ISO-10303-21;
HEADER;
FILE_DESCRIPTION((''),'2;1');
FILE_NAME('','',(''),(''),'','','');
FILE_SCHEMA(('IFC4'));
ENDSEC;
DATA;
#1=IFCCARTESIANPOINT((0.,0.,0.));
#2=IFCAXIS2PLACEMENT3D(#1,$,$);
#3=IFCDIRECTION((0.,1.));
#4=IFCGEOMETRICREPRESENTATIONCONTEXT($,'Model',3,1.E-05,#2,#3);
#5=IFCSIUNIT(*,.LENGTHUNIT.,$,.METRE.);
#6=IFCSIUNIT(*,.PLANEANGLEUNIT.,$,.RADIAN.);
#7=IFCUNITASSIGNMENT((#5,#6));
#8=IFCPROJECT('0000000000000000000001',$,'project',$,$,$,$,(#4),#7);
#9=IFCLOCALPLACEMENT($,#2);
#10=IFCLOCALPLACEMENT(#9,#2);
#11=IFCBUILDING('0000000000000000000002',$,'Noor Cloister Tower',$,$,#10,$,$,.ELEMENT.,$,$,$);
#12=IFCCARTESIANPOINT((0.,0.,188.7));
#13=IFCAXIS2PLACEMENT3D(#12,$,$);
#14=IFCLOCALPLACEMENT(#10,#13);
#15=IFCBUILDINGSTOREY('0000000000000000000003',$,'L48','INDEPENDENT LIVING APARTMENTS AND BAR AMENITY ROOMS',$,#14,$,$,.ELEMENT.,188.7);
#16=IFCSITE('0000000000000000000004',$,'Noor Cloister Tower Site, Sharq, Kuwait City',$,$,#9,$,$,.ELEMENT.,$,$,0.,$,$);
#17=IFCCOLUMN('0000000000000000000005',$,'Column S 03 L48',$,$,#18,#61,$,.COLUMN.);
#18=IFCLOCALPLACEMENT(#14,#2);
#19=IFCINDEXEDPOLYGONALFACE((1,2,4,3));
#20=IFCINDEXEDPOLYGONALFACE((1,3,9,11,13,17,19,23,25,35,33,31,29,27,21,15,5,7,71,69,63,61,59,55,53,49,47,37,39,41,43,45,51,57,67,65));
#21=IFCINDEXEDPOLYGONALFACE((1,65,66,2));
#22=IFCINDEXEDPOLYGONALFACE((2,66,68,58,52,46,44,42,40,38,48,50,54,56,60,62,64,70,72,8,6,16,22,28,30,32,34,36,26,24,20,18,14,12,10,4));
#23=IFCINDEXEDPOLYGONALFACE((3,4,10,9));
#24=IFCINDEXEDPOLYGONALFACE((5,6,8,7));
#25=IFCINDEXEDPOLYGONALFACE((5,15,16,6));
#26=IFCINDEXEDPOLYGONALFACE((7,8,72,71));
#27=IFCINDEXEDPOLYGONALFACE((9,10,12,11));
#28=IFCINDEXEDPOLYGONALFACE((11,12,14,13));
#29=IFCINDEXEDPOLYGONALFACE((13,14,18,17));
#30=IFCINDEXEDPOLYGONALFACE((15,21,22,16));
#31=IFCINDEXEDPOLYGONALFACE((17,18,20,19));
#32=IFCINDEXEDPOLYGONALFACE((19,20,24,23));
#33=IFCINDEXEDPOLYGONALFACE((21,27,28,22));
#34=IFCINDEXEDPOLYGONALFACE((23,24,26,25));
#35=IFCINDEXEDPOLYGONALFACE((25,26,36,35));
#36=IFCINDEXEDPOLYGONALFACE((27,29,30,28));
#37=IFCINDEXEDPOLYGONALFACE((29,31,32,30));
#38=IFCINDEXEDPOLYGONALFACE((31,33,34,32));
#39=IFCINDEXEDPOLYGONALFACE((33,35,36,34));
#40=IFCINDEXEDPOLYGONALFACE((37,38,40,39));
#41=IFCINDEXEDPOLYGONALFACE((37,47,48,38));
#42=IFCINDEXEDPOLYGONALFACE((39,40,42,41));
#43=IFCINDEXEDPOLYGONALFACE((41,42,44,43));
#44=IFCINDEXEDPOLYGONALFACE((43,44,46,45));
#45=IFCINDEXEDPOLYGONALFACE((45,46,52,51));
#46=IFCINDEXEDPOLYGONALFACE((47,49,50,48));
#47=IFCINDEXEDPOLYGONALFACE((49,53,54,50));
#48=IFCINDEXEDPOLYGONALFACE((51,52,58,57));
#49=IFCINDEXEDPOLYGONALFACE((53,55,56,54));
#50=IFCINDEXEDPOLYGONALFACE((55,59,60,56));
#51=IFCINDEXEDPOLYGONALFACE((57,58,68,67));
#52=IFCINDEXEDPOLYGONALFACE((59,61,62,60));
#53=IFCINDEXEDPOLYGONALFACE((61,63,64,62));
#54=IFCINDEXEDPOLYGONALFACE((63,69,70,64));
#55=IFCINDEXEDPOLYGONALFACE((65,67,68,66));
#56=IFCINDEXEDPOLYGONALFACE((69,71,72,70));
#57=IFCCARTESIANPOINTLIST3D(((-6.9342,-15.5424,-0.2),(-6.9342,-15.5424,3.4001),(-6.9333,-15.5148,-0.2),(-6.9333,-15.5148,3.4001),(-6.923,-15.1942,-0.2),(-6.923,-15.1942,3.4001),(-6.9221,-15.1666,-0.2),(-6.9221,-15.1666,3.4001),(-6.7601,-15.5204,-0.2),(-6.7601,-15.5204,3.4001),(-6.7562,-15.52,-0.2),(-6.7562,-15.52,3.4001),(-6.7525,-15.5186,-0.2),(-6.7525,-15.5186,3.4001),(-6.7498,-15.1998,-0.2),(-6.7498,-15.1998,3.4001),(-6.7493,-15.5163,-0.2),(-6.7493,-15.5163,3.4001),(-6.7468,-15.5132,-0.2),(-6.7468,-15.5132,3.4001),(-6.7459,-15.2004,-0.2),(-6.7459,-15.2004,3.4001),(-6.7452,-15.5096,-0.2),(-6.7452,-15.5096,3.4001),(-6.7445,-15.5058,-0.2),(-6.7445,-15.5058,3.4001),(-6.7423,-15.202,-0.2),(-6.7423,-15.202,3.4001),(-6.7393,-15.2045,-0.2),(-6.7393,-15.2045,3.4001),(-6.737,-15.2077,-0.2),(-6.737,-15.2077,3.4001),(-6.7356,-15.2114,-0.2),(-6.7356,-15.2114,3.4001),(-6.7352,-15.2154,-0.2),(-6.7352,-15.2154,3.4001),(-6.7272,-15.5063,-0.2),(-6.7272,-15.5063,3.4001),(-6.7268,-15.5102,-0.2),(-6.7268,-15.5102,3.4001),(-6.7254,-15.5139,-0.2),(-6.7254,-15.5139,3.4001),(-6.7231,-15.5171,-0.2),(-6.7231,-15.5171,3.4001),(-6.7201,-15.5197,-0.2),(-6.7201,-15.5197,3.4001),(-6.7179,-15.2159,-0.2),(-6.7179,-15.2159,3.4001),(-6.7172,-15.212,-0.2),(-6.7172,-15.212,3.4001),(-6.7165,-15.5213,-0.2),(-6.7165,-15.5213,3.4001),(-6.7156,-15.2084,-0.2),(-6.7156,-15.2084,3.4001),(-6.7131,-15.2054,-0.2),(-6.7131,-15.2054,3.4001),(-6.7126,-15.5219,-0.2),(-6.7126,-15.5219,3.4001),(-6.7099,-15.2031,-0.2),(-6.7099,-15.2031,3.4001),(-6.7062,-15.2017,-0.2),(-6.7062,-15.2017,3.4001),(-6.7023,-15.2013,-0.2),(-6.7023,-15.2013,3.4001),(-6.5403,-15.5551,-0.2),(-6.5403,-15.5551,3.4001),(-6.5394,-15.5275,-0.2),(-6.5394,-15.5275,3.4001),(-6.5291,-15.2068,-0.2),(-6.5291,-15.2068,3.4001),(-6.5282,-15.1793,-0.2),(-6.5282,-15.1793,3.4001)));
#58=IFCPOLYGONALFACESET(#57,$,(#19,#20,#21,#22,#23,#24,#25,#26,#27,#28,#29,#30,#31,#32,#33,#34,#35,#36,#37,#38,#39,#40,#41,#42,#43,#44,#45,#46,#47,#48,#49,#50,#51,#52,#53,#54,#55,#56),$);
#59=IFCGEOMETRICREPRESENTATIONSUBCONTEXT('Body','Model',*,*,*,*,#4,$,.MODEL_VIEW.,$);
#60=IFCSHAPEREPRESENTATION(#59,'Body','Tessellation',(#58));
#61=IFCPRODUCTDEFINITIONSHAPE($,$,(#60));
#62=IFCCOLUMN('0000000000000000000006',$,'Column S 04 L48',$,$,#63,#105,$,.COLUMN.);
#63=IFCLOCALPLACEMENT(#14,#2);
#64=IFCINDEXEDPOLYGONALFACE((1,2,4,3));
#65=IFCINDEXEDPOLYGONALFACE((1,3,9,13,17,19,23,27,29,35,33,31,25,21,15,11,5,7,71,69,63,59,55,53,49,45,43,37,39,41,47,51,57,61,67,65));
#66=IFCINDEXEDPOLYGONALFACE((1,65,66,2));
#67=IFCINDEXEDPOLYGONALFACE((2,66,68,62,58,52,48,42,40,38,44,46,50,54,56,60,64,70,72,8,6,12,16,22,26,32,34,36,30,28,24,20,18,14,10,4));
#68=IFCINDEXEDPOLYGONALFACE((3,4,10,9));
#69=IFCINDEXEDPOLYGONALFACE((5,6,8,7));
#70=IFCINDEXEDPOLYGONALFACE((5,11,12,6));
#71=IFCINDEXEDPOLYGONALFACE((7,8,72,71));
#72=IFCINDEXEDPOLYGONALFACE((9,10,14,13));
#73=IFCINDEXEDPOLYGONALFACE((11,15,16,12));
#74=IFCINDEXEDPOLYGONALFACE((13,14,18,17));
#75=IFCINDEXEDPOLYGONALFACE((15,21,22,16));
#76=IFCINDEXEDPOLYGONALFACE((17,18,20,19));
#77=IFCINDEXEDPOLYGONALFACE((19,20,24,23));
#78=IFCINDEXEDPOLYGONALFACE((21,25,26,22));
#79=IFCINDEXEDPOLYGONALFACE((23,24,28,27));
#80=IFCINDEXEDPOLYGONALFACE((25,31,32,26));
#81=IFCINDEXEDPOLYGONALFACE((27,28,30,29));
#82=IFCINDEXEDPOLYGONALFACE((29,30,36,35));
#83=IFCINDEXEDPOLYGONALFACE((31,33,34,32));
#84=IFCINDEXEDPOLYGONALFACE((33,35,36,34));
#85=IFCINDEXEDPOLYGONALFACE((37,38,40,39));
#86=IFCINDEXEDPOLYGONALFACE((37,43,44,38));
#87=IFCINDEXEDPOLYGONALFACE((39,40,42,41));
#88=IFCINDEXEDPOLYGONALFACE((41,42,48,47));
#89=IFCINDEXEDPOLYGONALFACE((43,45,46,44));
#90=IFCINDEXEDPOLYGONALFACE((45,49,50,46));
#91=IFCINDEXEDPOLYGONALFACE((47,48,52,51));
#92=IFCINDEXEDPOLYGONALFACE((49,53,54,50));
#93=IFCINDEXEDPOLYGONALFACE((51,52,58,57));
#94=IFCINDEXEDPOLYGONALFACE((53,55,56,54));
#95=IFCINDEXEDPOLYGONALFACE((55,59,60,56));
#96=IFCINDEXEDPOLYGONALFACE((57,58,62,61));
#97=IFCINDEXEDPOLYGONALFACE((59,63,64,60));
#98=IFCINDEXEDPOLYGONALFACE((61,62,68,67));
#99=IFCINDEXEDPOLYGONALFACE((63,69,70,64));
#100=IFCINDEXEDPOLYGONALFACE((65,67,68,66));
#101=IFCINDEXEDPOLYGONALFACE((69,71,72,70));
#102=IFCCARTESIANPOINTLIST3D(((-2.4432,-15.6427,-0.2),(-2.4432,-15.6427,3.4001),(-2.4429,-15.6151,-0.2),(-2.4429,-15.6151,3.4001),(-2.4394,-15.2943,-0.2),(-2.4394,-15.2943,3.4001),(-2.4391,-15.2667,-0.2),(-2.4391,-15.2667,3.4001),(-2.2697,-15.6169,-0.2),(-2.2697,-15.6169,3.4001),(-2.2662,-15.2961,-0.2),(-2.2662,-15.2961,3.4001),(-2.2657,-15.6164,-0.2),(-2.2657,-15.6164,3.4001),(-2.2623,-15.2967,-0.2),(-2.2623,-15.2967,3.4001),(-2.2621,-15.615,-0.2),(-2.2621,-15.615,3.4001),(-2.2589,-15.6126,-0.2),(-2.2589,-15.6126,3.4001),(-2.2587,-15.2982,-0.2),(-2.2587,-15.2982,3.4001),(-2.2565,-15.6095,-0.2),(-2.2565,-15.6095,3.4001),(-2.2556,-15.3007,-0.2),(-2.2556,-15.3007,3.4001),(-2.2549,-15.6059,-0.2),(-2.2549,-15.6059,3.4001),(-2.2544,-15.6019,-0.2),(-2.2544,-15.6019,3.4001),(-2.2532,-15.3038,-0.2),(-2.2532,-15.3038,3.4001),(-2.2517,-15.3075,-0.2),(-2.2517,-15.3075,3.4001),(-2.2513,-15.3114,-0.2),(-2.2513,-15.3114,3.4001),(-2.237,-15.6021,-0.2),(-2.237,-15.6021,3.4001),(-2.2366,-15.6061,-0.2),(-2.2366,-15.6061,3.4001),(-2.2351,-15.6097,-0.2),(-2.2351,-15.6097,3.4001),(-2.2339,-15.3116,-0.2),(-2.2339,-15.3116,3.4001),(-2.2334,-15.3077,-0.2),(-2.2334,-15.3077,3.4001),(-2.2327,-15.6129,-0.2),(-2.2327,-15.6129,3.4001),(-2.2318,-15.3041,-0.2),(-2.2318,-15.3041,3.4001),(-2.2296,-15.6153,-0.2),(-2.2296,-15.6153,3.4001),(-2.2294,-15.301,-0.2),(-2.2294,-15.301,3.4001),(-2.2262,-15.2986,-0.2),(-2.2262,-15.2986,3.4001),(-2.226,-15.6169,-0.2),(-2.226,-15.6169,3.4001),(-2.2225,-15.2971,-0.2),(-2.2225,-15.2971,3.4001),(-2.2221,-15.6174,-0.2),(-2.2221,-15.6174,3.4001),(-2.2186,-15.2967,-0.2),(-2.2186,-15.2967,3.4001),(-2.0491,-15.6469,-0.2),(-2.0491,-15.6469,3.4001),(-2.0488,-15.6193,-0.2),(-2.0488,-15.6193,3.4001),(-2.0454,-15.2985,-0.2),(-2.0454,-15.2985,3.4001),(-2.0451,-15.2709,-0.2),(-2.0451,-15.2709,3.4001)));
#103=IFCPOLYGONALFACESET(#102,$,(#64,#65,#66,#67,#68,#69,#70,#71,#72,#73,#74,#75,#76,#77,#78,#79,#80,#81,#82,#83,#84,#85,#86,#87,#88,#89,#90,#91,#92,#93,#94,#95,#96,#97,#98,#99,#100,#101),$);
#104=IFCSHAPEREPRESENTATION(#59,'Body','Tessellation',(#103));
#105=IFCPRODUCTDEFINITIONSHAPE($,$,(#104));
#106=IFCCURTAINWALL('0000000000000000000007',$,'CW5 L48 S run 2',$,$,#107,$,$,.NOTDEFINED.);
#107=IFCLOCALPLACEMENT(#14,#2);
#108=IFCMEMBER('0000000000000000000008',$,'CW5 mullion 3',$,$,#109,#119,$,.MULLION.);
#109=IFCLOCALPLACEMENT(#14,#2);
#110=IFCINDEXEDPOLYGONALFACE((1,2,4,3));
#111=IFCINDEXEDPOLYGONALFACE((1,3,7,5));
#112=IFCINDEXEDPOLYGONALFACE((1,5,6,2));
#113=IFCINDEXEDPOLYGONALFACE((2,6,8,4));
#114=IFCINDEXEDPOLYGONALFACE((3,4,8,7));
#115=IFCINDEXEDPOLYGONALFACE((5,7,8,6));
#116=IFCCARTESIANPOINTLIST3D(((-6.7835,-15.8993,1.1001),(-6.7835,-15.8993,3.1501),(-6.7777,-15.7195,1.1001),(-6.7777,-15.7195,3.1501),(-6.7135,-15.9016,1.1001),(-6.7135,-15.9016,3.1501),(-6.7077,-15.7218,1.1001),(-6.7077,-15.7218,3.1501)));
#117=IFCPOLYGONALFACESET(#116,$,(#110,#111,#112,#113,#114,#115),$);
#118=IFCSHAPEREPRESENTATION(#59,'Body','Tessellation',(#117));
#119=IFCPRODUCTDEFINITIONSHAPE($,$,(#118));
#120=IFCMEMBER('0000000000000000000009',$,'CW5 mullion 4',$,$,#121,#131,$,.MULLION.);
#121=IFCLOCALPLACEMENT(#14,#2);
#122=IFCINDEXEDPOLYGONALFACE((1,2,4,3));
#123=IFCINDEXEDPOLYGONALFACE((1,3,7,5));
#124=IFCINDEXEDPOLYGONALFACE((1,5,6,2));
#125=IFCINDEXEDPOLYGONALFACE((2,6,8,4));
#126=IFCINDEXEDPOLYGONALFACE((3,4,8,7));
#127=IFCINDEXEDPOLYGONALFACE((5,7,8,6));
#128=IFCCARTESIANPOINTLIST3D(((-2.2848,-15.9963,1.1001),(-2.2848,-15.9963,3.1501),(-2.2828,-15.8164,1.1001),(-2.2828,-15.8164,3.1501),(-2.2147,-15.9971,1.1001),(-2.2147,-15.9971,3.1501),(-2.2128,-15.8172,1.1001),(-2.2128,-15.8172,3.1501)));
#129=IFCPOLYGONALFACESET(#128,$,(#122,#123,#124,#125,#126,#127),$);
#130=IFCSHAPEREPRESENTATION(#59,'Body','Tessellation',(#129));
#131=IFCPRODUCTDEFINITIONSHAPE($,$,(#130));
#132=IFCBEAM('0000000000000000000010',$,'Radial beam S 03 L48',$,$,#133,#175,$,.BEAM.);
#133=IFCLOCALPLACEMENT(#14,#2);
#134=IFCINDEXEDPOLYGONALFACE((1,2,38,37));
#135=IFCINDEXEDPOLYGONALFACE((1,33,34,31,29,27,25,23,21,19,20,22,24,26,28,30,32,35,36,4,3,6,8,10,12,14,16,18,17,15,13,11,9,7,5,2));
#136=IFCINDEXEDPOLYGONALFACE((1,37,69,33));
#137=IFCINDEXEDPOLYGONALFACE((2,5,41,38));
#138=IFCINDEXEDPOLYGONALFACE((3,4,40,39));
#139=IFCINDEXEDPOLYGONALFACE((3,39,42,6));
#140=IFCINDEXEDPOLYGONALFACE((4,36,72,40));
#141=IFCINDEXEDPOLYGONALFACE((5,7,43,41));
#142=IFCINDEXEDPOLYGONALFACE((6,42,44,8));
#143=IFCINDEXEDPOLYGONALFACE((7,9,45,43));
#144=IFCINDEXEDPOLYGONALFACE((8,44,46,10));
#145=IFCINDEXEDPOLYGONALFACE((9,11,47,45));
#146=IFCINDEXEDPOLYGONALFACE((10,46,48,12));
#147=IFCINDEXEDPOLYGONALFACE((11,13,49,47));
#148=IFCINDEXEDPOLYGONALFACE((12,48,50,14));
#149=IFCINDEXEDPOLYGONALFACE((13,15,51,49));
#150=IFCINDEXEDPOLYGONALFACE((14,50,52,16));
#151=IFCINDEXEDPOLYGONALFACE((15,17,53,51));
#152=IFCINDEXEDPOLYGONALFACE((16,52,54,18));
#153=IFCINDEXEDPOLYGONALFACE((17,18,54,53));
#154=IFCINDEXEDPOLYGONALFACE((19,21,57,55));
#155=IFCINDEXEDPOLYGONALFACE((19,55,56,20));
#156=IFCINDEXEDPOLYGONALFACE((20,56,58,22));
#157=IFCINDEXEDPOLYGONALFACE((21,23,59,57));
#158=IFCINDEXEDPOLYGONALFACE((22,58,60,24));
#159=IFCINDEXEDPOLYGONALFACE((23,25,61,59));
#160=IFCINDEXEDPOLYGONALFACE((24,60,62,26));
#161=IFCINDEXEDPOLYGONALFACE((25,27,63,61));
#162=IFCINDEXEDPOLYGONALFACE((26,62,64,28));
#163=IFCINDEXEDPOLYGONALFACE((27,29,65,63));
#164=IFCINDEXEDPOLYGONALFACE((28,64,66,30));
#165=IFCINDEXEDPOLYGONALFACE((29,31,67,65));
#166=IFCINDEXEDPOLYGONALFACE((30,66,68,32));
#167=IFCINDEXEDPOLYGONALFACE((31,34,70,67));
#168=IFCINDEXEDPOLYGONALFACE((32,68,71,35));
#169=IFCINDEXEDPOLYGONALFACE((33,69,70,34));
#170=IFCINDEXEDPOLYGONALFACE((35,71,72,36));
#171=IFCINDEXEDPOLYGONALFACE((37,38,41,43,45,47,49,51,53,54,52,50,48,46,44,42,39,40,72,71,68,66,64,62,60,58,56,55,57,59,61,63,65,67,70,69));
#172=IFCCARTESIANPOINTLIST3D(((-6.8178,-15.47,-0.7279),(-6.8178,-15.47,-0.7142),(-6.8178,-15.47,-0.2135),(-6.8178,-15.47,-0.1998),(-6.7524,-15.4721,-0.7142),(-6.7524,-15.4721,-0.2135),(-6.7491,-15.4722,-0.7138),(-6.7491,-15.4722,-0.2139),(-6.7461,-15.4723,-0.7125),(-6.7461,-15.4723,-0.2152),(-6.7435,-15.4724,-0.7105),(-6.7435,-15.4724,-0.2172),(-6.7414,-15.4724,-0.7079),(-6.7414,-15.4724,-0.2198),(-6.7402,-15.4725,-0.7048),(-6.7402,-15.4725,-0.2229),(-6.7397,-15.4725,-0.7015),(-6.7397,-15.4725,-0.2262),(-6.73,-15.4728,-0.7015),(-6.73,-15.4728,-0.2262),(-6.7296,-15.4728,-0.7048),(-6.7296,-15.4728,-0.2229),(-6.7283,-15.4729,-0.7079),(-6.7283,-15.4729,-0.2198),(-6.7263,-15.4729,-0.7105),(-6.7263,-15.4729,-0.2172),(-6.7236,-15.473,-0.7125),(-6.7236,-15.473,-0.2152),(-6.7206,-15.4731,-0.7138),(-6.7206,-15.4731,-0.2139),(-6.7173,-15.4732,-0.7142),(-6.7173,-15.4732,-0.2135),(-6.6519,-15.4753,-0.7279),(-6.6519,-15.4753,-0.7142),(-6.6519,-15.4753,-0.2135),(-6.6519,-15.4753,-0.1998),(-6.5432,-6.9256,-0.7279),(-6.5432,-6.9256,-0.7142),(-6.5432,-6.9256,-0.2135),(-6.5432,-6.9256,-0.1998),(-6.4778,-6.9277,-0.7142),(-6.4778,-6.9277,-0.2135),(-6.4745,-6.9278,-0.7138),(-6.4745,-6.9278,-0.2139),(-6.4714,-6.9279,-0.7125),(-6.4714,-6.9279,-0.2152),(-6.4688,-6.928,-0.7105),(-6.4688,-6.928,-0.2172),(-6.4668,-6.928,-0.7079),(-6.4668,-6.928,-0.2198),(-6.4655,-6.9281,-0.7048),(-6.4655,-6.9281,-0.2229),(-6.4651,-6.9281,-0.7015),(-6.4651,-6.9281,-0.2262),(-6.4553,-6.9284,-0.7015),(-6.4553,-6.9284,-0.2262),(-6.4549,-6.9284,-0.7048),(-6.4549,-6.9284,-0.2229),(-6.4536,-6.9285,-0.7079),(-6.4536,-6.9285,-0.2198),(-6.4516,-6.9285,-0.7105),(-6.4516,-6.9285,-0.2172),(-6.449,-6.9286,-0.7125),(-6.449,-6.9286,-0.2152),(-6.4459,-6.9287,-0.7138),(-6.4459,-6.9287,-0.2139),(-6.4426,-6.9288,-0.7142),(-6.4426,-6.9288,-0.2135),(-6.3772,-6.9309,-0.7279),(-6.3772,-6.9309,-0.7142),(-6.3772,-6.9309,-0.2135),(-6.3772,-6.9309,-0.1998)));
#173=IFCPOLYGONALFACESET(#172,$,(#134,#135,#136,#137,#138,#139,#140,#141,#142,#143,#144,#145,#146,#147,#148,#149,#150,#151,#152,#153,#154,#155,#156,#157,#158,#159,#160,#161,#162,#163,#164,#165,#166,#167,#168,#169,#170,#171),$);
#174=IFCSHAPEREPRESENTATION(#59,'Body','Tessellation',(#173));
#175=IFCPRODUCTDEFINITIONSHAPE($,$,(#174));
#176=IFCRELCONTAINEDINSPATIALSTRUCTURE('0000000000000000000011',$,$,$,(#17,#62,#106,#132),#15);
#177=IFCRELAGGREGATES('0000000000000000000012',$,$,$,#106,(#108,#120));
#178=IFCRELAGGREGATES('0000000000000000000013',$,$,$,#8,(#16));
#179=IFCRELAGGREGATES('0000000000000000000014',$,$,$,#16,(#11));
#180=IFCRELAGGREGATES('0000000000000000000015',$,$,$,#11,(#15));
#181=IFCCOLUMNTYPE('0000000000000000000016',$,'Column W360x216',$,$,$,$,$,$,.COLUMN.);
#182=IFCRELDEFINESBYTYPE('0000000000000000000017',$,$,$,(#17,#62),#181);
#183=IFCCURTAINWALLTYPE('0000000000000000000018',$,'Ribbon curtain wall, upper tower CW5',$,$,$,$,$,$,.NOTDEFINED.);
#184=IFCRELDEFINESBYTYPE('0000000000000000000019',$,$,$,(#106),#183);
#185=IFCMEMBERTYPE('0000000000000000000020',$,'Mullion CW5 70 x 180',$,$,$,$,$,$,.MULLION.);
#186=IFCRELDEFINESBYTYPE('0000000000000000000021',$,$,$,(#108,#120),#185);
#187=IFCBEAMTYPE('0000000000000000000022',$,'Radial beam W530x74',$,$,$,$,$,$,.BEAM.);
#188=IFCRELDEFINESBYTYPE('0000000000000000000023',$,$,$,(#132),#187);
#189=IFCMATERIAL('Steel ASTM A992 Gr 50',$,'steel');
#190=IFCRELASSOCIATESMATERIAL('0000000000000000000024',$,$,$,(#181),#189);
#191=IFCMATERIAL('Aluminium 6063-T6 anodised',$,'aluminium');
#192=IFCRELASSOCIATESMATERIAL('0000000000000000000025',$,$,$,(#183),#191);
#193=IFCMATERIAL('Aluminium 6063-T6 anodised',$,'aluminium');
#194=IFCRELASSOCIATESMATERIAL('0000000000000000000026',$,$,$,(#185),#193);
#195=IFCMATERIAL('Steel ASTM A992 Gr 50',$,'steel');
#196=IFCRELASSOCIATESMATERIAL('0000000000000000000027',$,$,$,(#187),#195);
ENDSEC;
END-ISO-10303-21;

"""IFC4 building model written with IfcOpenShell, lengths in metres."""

from ifc_helpers import new_model, si_unit, direction, frame, origin, origin_2d, place, context, subcontext, project, spatial, rectangle, i_section, extrude, material, material_profile, profile_set, type_object, element, aggregate, save


model = new_model("IFC4")

# Units and contexts
model_context = context("Model", 3, precision=1e-05, world=origin(), true_north=direction((0.0, 1.0)))
body_context = subcontext(model_context, "Body", "Model", "MODEL_VIEW")
ifc_project = project(units=[si_unit("LENGTHUNIT", "METRE"), si_unit("PLANEANGLEUNIT", "RADIAN")], contexts=[model_context])

# Site, building, storey
site_placement = place(None, origin())
site = spatial("IfcSite", under=ifc_project, at=site_placement, Name="Noor Cloister Tower Site, Sharq, Kuwait City", CompositionType="ELEMENT", RefElevation=0.0)
building_placement = place(site_placement, origin())
building = spatial("IfcBuilding", under=site, at=building_placement, Name="Noor Cloister Tower", CompositionType="ELEMENT")
storey_placement = place(building_placement, frame((0.0, 0.0, 188.7)))
storey = spatial("IfcBuildingStorey", under=building, at=storey_placement, Name="L48", Description="INDEPENDENT LIVING APARTMENTS AND BAR AMENITY ROOMS", CompositionType="ELEMENT", Elevation=188.7)

# Columns
ifc_material_1 = material(Name="Steel ASTM A992 Gr 50", Category="steel")
ifc_material_profile_1 = material_profile(ifc_material_1, i_section(OverallWidth=0.394, OverallDepth=0.376, WebThickness=0.0173, FlangeThickness=0.0276, FilletRadius=0.0151, at=origin_2d()), Name="W360x216")
ifc_profile_set_1 = profile_set([ifc_material_profile_1], Name="Steel ASTM A992 Gr 50")
column_type = type_object("IfcColumnType", Name="Column W360x216", PredefinedType="COLUMN", material=ifc_profile_set_1)
for number, where, z_axis, x_axis, name in (
    (1, (-6.7312, -15.3608, -0.2), (0.0, 0.0, 1.0), (0.999484, -0.032107, 0.0), "Column S 03 L48"),
    (2, (-2.2441, -15.4568, -0.2), (0.0, 0.0, 1.0), (0.999943, -0.010704, 0.0), "Column S 04 L48"),
):
    element("IfcColumn", number, at=place(storey_placement, frame(where, z_axis=z_axis, x_axis=x_axis)), inside=storey, type_object=column_type, Name=name, PredefinedType="COLUMN", context=body_context, shape_type="SweptSolid", body=[
        extrude(i_section(OverallWidth=0.394, OverallDepth=0.376, WebThickness=0.0173, FlangeThickness=0.0276, FilletRadius=0.0151, at=origin_2d()), origin(), (0.0, 0.0, 1.0), 3.6001),
    ])

# Curtain wall, members
ifc_material_2 = material(Name="Aluminium 6063-T6 anodised", Category="aluminium")
curtain_wall_type = type_object("IfcCurtainWallType", Name="Ribbon curtain wall, upper tower CW5", PredefinedType="NOTDEFINED", material=ifc_material_2)
curtain_wall_placement = place(storey_placement, origin())
curtain_wall = element("IfcCurtainWall", 3, at=curtain_wall_placement, inside=storey, type_object=curtain_wall_type, Name="CW5 L48 S run 2", PredefinedType="NOTDEFINED")
ifc_material_3 = material(Name="Aluminium 6063-T6 anodised", Category="aluminium")
ifc_material_profile_2 = material_profile(ifc_material_3, rectangle(XDim=0.1799, YDim=0.0701, at=origin_2d()), Name="180 x 70 mullion")
ifc_profile_set_2 = profile_set([ifc_material_profile_2], Name="Aluminium 6063-T6 anodised")
member_type = type_object("IfcMemberType", Name="Mullion CW5 70 x 180", PredefinedType="MULLION", material=ifc_profile_set_2)
member_1_placement = place(storey_placement, frame((-6.7456, -15.8105, 1.1001), z_axis=(0.0, 0.0, 1.0), x_axis=(0.032107, 0.999484, 0.0)))
member_1 = element("IfcMember", 4, at=member_1_placement, type_object=member_type, Name="CW5 mullion 3", PredefinedType="MULLION", context=body_context, shape_type="SweptSolid", body=[
    extrude(rectangle(XDim=0.1799, YDim=0.0701, at=origin_2d()), origin(), (0.0, 0.0, 1.0), 2.05),
])
member_2_placement = place(storey_placement, frame((-2.2488, -15.9067, 1.1001), z_axis=(0.0, 0.0, 1.0), x_axis=(0.010704, 0.999943, 0.0)))
member_2 = element("IfcMember", 5, at=member_2_placement, type_object=member_type, Name="CW5 mullion 4", PredefinedType="MULLION", context=body_context, shape_type="SweptSolid", body=[
    extrude(rectangle(XDim=0.1799, YDim=0.0701, at=origin_2d()), origin(), (0.0, 0.0, 1.0), 2.05),
])

# Beam
ifc_material_4 = material(Name="Steel ASTM A992 Gr 50", Category="steel")
ifc_material_profile_3 = material_profile(ifc_material_4, i_section(OverallWidth=0.166, OverallDepth=0.5281, WebThickness=0.0098, FlangeThickness=0.0137, FilletRadius=0.0127, at=origin_2d()), Name="W530x74")
ifc_profile_set_3 = profile_set([ifc_material_profile_3], Name="Steel ASTM A992 Gr 50")
beam_type_1 = type_object("IfcBeamType", Name="Radial beam W530x74", PredefinedType="BEAM", material=ifc_profile_set_3)
beam_1_placement = place(storey_placement, frame((-6.7349, -15.4727, -0.4639), z_axis=(0.032128, 0.999484, 0.0), x_axis=(-0.999484, 0.032128, 0.0)))
element("IfcBeam", 6, at=beam_1_placement, inside=storey, type_object=beam_type_1, Name="Radial beam S 03 L48", PredefinedType="BEAM", context=body_context, shape_type="SweptSolid", body=[
    extrude(i_section(OverallWidth=0.166, OverallDepth=0.5281, WebThickness=0.0098, FlangeThickness=0.0137, FilletRadius=0.0127, at=origin_2d()), origin(), (0.0, 0.0, 1.0), 8.5488),
])

aggregate(curtain_wall, [member_1, member_2])

save(model, "model.ifc")
